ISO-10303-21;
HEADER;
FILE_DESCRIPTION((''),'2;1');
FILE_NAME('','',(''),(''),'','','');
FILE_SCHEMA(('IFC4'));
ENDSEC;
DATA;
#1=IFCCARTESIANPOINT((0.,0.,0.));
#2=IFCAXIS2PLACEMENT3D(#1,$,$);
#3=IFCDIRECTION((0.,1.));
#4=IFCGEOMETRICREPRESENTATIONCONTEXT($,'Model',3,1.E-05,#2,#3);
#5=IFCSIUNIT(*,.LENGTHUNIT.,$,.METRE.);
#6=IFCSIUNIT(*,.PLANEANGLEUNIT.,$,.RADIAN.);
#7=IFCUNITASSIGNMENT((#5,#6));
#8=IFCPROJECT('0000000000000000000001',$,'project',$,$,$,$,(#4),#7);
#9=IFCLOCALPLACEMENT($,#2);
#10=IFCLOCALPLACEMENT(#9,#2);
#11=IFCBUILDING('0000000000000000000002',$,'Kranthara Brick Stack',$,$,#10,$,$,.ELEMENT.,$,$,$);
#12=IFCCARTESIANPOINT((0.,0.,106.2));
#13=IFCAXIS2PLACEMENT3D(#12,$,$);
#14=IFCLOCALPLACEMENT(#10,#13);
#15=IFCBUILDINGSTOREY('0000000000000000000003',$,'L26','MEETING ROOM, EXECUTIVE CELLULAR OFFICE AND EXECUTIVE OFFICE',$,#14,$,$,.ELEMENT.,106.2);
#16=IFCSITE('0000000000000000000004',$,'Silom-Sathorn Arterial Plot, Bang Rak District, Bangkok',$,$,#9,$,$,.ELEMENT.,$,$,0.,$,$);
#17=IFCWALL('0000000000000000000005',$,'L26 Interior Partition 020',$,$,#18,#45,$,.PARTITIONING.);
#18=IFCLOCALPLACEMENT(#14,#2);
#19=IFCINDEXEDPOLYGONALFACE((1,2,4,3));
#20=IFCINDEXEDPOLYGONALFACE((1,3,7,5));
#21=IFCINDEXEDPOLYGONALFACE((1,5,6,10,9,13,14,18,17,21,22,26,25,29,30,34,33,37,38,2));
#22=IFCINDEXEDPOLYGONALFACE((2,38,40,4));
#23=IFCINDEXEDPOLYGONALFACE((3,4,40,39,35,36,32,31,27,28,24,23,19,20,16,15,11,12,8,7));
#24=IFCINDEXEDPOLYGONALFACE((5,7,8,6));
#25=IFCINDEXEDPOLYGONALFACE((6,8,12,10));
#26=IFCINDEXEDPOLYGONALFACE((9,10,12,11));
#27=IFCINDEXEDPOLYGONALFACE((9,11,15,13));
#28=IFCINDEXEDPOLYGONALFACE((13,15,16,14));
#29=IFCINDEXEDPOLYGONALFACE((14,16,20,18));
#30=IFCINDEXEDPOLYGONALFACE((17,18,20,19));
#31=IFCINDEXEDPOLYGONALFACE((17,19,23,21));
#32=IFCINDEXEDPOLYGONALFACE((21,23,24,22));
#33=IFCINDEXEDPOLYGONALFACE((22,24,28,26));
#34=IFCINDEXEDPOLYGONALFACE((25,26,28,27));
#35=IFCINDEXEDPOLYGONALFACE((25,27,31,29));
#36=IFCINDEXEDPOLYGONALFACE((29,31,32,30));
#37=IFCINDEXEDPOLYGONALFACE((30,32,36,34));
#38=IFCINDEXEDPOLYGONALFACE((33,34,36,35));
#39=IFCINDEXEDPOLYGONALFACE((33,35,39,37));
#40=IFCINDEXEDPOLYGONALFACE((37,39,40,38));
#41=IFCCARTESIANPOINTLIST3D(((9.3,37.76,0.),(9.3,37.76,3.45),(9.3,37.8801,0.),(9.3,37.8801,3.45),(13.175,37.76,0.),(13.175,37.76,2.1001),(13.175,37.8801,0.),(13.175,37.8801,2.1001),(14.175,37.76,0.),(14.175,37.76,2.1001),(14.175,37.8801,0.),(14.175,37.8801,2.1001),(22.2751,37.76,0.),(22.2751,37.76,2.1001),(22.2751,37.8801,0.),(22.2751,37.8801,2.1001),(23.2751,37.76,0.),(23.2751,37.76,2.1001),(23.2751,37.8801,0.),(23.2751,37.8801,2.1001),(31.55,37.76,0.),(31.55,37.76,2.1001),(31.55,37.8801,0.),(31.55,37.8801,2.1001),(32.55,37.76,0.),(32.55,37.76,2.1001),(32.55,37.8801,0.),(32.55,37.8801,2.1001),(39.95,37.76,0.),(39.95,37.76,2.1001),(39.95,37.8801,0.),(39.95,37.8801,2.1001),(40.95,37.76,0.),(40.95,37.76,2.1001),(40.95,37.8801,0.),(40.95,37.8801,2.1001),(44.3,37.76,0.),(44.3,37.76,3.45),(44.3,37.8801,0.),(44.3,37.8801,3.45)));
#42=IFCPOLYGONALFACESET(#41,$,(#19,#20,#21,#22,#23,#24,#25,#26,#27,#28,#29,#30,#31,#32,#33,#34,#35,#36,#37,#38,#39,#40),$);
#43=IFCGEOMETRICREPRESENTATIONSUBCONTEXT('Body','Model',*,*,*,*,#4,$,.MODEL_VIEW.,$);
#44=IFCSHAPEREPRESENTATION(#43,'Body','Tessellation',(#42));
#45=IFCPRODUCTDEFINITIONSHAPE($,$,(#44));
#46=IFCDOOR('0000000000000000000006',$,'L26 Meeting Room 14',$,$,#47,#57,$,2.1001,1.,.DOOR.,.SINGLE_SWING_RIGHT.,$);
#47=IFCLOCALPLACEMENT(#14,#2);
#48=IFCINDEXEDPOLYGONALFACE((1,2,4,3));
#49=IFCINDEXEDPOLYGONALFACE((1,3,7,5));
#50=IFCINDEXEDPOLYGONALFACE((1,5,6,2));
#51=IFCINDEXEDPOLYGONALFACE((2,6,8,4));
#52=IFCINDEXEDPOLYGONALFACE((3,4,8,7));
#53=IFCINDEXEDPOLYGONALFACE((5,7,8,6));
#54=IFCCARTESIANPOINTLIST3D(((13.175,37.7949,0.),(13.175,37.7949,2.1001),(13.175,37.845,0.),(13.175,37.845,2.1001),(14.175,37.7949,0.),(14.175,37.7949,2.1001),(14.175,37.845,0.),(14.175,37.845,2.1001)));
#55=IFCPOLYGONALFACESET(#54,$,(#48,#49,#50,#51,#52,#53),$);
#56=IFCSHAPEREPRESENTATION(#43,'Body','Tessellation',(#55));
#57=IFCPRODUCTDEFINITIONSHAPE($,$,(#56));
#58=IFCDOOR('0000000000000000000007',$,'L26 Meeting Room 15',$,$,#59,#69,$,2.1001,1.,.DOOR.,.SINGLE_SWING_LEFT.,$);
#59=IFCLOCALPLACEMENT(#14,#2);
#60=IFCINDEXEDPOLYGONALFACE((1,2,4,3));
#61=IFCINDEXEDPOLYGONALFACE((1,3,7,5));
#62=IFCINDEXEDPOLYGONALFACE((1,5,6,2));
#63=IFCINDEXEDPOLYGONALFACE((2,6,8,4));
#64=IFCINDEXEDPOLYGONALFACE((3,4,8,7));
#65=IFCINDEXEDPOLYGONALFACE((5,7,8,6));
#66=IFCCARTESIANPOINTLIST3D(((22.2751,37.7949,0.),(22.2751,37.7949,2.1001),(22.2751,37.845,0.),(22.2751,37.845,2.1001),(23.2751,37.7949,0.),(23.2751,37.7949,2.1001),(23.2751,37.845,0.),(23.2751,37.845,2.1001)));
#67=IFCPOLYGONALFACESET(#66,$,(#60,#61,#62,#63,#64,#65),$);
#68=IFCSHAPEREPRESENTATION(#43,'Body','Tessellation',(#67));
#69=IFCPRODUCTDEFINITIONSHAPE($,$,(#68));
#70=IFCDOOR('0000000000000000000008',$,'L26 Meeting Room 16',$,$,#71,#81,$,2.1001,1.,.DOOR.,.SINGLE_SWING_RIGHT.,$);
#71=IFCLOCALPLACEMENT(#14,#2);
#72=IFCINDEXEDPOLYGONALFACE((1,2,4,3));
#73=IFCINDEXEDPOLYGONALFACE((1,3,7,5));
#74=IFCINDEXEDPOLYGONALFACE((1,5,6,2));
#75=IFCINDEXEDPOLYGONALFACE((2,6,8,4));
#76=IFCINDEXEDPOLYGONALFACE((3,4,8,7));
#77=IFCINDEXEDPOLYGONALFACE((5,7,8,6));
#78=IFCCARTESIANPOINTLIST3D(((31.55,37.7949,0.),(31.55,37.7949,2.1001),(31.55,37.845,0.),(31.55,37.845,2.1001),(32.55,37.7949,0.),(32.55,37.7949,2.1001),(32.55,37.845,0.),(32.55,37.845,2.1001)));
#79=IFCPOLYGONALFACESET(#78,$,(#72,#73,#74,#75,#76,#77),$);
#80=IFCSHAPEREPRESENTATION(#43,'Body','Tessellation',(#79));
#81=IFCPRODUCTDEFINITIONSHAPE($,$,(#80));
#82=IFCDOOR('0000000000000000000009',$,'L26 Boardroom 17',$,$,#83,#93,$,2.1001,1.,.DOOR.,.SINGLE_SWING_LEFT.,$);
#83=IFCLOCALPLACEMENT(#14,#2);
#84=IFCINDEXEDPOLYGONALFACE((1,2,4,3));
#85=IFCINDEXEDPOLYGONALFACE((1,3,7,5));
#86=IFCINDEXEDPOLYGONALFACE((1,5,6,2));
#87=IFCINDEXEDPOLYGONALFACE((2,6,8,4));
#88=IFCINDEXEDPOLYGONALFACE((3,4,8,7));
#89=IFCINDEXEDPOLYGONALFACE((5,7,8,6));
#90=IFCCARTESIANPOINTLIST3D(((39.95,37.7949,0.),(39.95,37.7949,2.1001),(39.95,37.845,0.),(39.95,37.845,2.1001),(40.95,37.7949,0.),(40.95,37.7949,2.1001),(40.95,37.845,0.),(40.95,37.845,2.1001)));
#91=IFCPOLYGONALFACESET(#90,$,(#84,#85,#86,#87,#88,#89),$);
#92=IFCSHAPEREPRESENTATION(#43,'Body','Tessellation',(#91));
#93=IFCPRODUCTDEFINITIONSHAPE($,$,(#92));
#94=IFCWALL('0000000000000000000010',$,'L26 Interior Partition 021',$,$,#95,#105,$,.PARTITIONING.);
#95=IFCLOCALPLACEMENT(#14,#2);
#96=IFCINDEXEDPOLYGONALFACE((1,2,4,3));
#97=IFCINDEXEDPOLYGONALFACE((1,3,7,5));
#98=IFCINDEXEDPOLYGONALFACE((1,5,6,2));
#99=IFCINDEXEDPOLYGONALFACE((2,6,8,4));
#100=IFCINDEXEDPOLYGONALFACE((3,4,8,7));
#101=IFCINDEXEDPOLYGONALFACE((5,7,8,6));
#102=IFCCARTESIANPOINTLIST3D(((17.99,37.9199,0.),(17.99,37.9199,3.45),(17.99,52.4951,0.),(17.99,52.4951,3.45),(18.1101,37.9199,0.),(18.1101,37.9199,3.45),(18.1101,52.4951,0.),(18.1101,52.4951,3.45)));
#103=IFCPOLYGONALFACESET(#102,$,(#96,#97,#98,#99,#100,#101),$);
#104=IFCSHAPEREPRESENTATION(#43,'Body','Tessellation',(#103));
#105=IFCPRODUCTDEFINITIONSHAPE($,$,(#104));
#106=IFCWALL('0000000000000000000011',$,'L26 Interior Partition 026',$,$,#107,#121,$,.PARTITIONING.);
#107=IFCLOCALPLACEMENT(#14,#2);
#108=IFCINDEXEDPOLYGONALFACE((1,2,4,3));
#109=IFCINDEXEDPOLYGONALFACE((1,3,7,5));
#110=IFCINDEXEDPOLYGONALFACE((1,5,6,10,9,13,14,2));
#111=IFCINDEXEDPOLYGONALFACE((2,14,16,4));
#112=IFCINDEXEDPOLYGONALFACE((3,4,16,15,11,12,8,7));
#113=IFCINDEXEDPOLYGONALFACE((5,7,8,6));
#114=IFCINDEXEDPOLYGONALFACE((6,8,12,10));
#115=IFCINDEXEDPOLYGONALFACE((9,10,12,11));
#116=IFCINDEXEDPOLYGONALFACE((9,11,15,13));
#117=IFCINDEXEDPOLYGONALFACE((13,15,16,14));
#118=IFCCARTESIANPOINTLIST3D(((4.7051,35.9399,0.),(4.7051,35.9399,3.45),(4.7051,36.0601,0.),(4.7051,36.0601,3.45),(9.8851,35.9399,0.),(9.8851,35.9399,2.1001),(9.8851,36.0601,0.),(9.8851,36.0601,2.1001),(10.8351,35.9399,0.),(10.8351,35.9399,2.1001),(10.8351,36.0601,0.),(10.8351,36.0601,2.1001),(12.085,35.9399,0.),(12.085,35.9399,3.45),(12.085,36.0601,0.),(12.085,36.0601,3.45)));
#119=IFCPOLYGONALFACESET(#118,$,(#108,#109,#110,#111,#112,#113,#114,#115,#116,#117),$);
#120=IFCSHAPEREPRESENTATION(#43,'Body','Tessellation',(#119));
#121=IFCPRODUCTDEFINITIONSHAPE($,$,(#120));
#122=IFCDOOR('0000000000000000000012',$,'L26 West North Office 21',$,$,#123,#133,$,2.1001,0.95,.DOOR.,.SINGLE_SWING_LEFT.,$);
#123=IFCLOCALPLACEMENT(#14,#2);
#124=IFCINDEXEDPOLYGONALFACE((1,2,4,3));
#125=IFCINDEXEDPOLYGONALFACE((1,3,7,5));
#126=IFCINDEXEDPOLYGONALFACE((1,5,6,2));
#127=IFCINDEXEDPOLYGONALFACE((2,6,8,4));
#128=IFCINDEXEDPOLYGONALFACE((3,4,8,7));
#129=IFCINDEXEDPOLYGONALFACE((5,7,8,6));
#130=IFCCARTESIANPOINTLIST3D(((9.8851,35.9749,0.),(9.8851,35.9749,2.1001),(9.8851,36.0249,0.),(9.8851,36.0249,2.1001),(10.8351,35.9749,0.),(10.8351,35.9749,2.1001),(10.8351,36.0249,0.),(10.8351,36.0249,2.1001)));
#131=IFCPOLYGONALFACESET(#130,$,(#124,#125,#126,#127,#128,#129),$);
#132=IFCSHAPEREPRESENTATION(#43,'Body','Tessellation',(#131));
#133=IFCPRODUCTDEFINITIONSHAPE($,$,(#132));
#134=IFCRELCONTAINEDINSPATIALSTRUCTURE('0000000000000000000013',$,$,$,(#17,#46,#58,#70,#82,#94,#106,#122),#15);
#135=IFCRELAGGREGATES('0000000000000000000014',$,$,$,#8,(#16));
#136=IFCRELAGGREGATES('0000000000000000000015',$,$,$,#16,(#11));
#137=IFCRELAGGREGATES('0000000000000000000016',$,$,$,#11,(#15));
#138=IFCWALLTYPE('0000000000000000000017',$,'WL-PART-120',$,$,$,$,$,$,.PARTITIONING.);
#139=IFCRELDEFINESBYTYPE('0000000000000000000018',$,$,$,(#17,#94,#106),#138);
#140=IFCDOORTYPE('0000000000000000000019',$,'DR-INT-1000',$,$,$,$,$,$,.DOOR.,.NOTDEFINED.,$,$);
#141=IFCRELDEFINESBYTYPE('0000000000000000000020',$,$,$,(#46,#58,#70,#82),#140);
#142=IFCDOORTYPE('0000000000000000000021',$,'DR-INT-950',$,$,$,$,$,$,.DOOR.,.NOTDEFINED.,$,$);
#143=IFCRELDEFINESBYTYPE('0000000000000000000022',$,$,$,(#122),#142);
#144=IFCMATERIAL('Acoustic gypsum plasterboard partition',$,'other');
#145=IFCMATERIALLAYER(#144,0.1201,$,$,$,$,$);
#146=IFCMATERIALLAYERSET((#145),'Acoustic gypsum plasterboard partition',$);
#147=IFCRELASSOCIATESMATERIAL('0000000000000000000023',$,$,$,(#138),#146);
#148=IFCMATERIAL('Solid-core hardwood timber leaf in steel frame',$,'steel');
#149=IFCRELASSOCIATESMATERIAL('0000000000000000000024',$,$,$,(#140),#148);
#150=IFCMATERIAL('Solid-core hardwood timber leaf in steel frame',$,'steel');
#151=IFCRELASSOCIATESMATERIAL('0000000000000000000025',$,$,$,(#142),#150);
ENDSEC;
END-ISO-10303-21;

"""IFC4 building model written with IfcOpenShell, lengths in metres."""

from ifc_helpers import new_model, si_unit, direction, frame, frame_2d, origin, place, context, subcontext, project, spatial, rectangle, extrude, material, layer, layer_set, type_object, element, fill, save


model = new_model("IFC4")

# Units and contexts
model_context = context("Model", 3, precision=1e-05, world=origin(), true_north=direction((0.0, 1.0)))
body_context = subcontext(model_context, "Body", "Model", "MODEL_VIEW")
ifc_project = project(units=[si_unit("LENGTHUNIT", "METRE"), si_unit("PLANEANGLEUNIT", "RADIAN")], contexts=[model_context])

# Site, building, storey
site_placement = place(None, origin())
site = spatial("IfcSite", under=ifc_project, at=site_placement, Name="Silom-Sathorn Arterial Plot, Bang Rak District, Bangkok", CompositionType="ELEMENT", RefElevation=0.0)
building_placement = place(site_placement, origin())
building = spatial("IfcBuilding", under=site, at=building_placement, Name="Kranthara Brick Stack", CompositionType="ELEMENT")
storey_placement = place(building_placement, frame((0.0, 0.0, 106.2)))
storey = spatial("IfcBuildingStorey", under=building, at=storey_placement, Name="L26", Description="MEETING ROOM, EXECUTIVE CELLULAR OFFICE AND EXECUTIVE OFFICE", CompositionType="ELEMENT", Elevation=106.2)

# Shared definitions
ifc_material_1 = material(Name="Acoustic gypsum plasterboard partition", Category="other")
ifc_layer_1 = layer(ifc_material_1, 0.1201)
ifc_layer_set_1 = layer_set([ifc_layer_1], Name="Acoustic gypsum plasterboard partition")
wall_type_1 = type_object("IfcWallType", Name="WL-PART-120", PredefinedType="PARTITIONING", material=ifc_layer_set_1)

# Wall, openings, doors
wall_1_placement = place(storey_placement, frame((9.3, 37.8201, 0.0), z_axis=(0.0, 0.0, 1.0), x_axis=(1.0, 0.0, 0.0)))
wall_1 = element("IfcWall", 1, at=wall_1_placement, inside=storey, type_object=wall_type_1, Name="L26 Interior Partition 020", PredefinedType="PARTITIONING", context=body_context, shape_type="SweptSolid", body=[
    extrude(rectangle(XDim=35.0, YDim=0.1201, at=frame_2d((17.5, 0.0))), origin(), (0.0, 0.0, 1.0), 3.45),
])
opening_1_placement = place(wall_1_placement, frame((3.875, 0.0, 0.0)))
opening_1 = element("IfcOpeningElement", 2, at=opening_1_placement, cuts=wall_1, PredefinedType="OPENING", context=body_context, shape_type="SweptSolid", body=[
    extrude(rectangle(XDim=1.0, YDim=2.1001, at=frame_2d((0.5, 1.05))), frame((0.0, 0.0701, 0.0), z_axis=(0.0, -1.0, 0.0), x_axis=(1.0, 0.0, 0.0)), (0.0, 0.0, 1.0), 0.1401),
])
opening_2_placement = place(wall_1_placement, frame((12.9751, 0.0, 0.0)))
opening_2 = element("IfcOpeningElement", 3, at=opening_2_placement, cuts=wall_1, PredefinedType="OPENING", context=body_context, shape_type="SweptSolid", body=[
    extrude(rectangle(XDim=1.0, YDim=2.1001, at=frame_2d((0.5, 1.05))), frame((0.0, 0.0701, 0.0), z_axis=(0.0, -1.0, 0.0), x_axis=(1.0, 0.0, 0.0)), (0.0, 0.0, 1.0), 0.1401),
])
opening_3_placement = place(wall_1_placement, frame((22.25, 0.0, 0.0)))
opening_3 = element("IfcOpeningElement", 4, at=opening_3_placement, cuts=wall_1, PredefinedType="OPENING", context=body_context, shape_type="SweptSolid", body=[
    extrude(rectangle(XDim=1.0, YDim=2.1001, at=frame_2d((0.5, 1.05))), frame((0.0, 0.0701, 0.0), z_axis=(0.0, -1.0, 0.0), x_axis=(1.0, 0.0, 0.0)), (0.0, 0.0, 1.0), 0.1401),
])
opening_4_placement = place(wall_1_placement, frame((30.6499, 0.0, 0.0)))
opening_4 = element("IfcOpeningElement", 5, at=opening_4_placement, cuts=wall_1, PredefinedType="OPENING", context=body_context, shape_type="SweptSolid", body=[
    extrude(rectangle(XDim=1.0, YDim=2.1001, at=frame_2d((0.5, 1.05))), frame((0.0, 0.0701, 0.0), z_axis=(0.0, -1.0, 0.0), x_axis=(1.0, 0.0, 0.0)), (0.0, 0.0, 1.0), 0.1401),
])
ifc_material_2 = material(Name="Solid-core hardwood timber leaf in steel frame", Category="steel")
door_type_1 = type_object("IfcDoorType", Name="DR-INT-1000", OperationType="NOTDEFINED", PredefinedType="DOOR", material=ifc_material_2)
door_1_placement = place(opening_1_placement, origin())
door_1 = element("IfcDoor", 6, at=door_1_placement, inside=storey, type_object=door_type_1, Name="L26 Meeting Room 14", OperationType="SINGLE_SWING_RIGHT", OverallHeight=2.1001, OverallWidth=1.0, PredefinedType="DOOR", context=body_context, shape_type="SweptSolid", body=[
    extrude(rectangle(XDim=1.0, YDim=2.1001, at=frame_2d((0.5, 1.05))), frame((0.0, 0.0249, 0.0), z_axis=(0.0, -1.0, 0.0), x_axis=(1.0, 0.0, 0.0)), (0.0, 0.0, 1.0), 0.05),
])
fill(opening_1, door_1)
door_2_placement = place(opening_2_placement, origin())
door_2 = element("IfcDoor", 7, at=door_2_placement, inside=storey, type_object=door_type_1, Name="L26 Meeting Room 15", OperationType="SINGLE_SWING_LEFT", OverallHeight=2.1001, OverallWidth=1.0, PredefinedType="DOOR", context=body_context, shape_type="SweptSolid", body=[
    extrude(rectangle(XDim=1.0, YDim=2.1001, at=frame_2d((0.5, 1.05))), frame((0.0, 0.0249, 0.0), z_axis=(0.0, -1.0, 0.0), x_axis=(1.0, 0.0, 0.0)), (0.0, 0.0, 1.0), 0.05),
])
fill(opening_2, door_2)
door_3_placement = place(opening_3_placement, origin())
door_3 = element("IfcDoor", 8, at=door_3_placement, inside=storey, type_object=door_type_1, Name="L26 Meeting Room 16", OperationType="SINGLE_SWING_RIGHT", OverallHeight=2.1001, OverallWidth=1.0, PredefinedType="DOOR", context=body_context, shape_type="SweptSolid", body=[
    extrude(rectangle(XDim=1.0, YDim=2.1001, at=frame_2d((0.5, 1.05))), frame((0.0, 0.0249, 0.0), z_axis=(0.0, -1.0, 0.0), x_axis=(1.0, 0.0, 0.0)), (0.0, 0.0, 1.0), 0.05),
])
fill(opening_3, door_3)
door_4_placement = place(opening_4_placement, origin())
door_4 = element("IfcDoor", 9, at=door_4_placement, inside=storey, type_object=door_type_1, Name="L26 Boardroom 17", OperationType="SINGLE_SWING_LEFT", OverallHeight=2.1001, OverallWidth=1.0, PredefinedType="DOOR", context=body_context, shape_type="SweptSolid", body=[
    extrude(rectangle(XDim=1.0, YDim=2.1001, at=frame_2d((0.5, 1.05))), frame((0.0, 0.0249, 0.0), z_axis=(0.0, -1.0, 0.0), x_axis=(1.0, 0.0, 0.0)), (0.0, 0.0, 1.0), 0.05),
])
fill(opening_4, door_4)

# Wall
wall_2_placement = place(storey_placement, frame((18.05, 37.9199, 0.0), z_axis=(0.0, 0.0, 1.0), x_axis=(0.0, 1.0, 0.0)))
element("IfcWall", 10, at=wall_2_placement, inside=storey, type_object=wall_type_1, Name="L26 Interior Partition 021", PredefinedType="PARTITIONING", context=body_context, shape_type="SweptSolid", body=[
    extrude(rectangle(XDim=14.5752, YDim=0.1201, at=frame_2d((7.2876, 0.0))), origin(), (0.0, 0.0, 1.0), 3.45),
])

# Wall, opening, door
wall_3_placement = place(storey_placement, frame((4.7051, 36.0, 0.0), z_axis=(0.0, 0.0, 1.0), x_axis=(1.0, 0.0, 0.0)))
wall_3 = element("IfcWall", 11, at=wall_3_placement, inside=storey, type_object=wall_type_1, Name="L26 Interior Partition 026", PredefinedType="PARTITIONING", context=body_context, shape_type="SweptSolid", body=[
    extrude(rectangle(XDim=7.3799, YDim=0.1201, at=frame_2d((3.6899, 0.0))), origin(), (0.0, 0.0, 1.0), 3.45),
])
opening_5_placement = place(wall_3_placement, frame((5.1799, 0.0, 0.0)))
opening_5 = element("IfcOpeningElement", 12, at=opening_5_placement, cuts=wall_3, PredefinedType="OPENING", context=body_context, shape_type="SweptSolid", body=[
    extrude(rectangle(XDim=0.95, YDim=2.1001, at=frame_2d((0.4751, 1.05))), frame((0.0, 0.0701, 0.0), z_axis=(0.0, -1.0, 0.0), x_axis=(1.0, 0.0, 0.0)), (0.0, 0.0, 1.0), 0.1401),
])
ifc_material_3 = material(Name="Solid-core hardwood timber leaf in steel frame", Category="steel")
door_type_2 = type_object("IfcDoorType", Name="DR-INT-950", OperationType="NOTDEFINED", PredefinedType="DOOR", material=ifc_material_3)
door_5_placement = place(opening_5_placement, origin())
door_5 = element("IfcDoor", 13, at=door_5_placement, inside=storey, type_object=door_type_2, Name="L26 West North Office 21", OperationType="SINGLE_SWING_LEFT", OverallHeight=2.1001, OverallWidth=0.95, PredefinedType="DOOR", context=body_context, shape_type="SweptSolid", body=[
    extrude(rectangle(XDim=0.95, YDim=2.1001, at=frame_2d((0.4751, 1.05))), frame((0.0, 0.0249, 0.0), z_axis=(0.0, -1.0, 0.0), x_axis=(1.0, 0.0, 0.0)), (0.0, 0.0, 1.0), 0.05),
])
fill(opening_5, door_5)

save(model, "model.ifc")
